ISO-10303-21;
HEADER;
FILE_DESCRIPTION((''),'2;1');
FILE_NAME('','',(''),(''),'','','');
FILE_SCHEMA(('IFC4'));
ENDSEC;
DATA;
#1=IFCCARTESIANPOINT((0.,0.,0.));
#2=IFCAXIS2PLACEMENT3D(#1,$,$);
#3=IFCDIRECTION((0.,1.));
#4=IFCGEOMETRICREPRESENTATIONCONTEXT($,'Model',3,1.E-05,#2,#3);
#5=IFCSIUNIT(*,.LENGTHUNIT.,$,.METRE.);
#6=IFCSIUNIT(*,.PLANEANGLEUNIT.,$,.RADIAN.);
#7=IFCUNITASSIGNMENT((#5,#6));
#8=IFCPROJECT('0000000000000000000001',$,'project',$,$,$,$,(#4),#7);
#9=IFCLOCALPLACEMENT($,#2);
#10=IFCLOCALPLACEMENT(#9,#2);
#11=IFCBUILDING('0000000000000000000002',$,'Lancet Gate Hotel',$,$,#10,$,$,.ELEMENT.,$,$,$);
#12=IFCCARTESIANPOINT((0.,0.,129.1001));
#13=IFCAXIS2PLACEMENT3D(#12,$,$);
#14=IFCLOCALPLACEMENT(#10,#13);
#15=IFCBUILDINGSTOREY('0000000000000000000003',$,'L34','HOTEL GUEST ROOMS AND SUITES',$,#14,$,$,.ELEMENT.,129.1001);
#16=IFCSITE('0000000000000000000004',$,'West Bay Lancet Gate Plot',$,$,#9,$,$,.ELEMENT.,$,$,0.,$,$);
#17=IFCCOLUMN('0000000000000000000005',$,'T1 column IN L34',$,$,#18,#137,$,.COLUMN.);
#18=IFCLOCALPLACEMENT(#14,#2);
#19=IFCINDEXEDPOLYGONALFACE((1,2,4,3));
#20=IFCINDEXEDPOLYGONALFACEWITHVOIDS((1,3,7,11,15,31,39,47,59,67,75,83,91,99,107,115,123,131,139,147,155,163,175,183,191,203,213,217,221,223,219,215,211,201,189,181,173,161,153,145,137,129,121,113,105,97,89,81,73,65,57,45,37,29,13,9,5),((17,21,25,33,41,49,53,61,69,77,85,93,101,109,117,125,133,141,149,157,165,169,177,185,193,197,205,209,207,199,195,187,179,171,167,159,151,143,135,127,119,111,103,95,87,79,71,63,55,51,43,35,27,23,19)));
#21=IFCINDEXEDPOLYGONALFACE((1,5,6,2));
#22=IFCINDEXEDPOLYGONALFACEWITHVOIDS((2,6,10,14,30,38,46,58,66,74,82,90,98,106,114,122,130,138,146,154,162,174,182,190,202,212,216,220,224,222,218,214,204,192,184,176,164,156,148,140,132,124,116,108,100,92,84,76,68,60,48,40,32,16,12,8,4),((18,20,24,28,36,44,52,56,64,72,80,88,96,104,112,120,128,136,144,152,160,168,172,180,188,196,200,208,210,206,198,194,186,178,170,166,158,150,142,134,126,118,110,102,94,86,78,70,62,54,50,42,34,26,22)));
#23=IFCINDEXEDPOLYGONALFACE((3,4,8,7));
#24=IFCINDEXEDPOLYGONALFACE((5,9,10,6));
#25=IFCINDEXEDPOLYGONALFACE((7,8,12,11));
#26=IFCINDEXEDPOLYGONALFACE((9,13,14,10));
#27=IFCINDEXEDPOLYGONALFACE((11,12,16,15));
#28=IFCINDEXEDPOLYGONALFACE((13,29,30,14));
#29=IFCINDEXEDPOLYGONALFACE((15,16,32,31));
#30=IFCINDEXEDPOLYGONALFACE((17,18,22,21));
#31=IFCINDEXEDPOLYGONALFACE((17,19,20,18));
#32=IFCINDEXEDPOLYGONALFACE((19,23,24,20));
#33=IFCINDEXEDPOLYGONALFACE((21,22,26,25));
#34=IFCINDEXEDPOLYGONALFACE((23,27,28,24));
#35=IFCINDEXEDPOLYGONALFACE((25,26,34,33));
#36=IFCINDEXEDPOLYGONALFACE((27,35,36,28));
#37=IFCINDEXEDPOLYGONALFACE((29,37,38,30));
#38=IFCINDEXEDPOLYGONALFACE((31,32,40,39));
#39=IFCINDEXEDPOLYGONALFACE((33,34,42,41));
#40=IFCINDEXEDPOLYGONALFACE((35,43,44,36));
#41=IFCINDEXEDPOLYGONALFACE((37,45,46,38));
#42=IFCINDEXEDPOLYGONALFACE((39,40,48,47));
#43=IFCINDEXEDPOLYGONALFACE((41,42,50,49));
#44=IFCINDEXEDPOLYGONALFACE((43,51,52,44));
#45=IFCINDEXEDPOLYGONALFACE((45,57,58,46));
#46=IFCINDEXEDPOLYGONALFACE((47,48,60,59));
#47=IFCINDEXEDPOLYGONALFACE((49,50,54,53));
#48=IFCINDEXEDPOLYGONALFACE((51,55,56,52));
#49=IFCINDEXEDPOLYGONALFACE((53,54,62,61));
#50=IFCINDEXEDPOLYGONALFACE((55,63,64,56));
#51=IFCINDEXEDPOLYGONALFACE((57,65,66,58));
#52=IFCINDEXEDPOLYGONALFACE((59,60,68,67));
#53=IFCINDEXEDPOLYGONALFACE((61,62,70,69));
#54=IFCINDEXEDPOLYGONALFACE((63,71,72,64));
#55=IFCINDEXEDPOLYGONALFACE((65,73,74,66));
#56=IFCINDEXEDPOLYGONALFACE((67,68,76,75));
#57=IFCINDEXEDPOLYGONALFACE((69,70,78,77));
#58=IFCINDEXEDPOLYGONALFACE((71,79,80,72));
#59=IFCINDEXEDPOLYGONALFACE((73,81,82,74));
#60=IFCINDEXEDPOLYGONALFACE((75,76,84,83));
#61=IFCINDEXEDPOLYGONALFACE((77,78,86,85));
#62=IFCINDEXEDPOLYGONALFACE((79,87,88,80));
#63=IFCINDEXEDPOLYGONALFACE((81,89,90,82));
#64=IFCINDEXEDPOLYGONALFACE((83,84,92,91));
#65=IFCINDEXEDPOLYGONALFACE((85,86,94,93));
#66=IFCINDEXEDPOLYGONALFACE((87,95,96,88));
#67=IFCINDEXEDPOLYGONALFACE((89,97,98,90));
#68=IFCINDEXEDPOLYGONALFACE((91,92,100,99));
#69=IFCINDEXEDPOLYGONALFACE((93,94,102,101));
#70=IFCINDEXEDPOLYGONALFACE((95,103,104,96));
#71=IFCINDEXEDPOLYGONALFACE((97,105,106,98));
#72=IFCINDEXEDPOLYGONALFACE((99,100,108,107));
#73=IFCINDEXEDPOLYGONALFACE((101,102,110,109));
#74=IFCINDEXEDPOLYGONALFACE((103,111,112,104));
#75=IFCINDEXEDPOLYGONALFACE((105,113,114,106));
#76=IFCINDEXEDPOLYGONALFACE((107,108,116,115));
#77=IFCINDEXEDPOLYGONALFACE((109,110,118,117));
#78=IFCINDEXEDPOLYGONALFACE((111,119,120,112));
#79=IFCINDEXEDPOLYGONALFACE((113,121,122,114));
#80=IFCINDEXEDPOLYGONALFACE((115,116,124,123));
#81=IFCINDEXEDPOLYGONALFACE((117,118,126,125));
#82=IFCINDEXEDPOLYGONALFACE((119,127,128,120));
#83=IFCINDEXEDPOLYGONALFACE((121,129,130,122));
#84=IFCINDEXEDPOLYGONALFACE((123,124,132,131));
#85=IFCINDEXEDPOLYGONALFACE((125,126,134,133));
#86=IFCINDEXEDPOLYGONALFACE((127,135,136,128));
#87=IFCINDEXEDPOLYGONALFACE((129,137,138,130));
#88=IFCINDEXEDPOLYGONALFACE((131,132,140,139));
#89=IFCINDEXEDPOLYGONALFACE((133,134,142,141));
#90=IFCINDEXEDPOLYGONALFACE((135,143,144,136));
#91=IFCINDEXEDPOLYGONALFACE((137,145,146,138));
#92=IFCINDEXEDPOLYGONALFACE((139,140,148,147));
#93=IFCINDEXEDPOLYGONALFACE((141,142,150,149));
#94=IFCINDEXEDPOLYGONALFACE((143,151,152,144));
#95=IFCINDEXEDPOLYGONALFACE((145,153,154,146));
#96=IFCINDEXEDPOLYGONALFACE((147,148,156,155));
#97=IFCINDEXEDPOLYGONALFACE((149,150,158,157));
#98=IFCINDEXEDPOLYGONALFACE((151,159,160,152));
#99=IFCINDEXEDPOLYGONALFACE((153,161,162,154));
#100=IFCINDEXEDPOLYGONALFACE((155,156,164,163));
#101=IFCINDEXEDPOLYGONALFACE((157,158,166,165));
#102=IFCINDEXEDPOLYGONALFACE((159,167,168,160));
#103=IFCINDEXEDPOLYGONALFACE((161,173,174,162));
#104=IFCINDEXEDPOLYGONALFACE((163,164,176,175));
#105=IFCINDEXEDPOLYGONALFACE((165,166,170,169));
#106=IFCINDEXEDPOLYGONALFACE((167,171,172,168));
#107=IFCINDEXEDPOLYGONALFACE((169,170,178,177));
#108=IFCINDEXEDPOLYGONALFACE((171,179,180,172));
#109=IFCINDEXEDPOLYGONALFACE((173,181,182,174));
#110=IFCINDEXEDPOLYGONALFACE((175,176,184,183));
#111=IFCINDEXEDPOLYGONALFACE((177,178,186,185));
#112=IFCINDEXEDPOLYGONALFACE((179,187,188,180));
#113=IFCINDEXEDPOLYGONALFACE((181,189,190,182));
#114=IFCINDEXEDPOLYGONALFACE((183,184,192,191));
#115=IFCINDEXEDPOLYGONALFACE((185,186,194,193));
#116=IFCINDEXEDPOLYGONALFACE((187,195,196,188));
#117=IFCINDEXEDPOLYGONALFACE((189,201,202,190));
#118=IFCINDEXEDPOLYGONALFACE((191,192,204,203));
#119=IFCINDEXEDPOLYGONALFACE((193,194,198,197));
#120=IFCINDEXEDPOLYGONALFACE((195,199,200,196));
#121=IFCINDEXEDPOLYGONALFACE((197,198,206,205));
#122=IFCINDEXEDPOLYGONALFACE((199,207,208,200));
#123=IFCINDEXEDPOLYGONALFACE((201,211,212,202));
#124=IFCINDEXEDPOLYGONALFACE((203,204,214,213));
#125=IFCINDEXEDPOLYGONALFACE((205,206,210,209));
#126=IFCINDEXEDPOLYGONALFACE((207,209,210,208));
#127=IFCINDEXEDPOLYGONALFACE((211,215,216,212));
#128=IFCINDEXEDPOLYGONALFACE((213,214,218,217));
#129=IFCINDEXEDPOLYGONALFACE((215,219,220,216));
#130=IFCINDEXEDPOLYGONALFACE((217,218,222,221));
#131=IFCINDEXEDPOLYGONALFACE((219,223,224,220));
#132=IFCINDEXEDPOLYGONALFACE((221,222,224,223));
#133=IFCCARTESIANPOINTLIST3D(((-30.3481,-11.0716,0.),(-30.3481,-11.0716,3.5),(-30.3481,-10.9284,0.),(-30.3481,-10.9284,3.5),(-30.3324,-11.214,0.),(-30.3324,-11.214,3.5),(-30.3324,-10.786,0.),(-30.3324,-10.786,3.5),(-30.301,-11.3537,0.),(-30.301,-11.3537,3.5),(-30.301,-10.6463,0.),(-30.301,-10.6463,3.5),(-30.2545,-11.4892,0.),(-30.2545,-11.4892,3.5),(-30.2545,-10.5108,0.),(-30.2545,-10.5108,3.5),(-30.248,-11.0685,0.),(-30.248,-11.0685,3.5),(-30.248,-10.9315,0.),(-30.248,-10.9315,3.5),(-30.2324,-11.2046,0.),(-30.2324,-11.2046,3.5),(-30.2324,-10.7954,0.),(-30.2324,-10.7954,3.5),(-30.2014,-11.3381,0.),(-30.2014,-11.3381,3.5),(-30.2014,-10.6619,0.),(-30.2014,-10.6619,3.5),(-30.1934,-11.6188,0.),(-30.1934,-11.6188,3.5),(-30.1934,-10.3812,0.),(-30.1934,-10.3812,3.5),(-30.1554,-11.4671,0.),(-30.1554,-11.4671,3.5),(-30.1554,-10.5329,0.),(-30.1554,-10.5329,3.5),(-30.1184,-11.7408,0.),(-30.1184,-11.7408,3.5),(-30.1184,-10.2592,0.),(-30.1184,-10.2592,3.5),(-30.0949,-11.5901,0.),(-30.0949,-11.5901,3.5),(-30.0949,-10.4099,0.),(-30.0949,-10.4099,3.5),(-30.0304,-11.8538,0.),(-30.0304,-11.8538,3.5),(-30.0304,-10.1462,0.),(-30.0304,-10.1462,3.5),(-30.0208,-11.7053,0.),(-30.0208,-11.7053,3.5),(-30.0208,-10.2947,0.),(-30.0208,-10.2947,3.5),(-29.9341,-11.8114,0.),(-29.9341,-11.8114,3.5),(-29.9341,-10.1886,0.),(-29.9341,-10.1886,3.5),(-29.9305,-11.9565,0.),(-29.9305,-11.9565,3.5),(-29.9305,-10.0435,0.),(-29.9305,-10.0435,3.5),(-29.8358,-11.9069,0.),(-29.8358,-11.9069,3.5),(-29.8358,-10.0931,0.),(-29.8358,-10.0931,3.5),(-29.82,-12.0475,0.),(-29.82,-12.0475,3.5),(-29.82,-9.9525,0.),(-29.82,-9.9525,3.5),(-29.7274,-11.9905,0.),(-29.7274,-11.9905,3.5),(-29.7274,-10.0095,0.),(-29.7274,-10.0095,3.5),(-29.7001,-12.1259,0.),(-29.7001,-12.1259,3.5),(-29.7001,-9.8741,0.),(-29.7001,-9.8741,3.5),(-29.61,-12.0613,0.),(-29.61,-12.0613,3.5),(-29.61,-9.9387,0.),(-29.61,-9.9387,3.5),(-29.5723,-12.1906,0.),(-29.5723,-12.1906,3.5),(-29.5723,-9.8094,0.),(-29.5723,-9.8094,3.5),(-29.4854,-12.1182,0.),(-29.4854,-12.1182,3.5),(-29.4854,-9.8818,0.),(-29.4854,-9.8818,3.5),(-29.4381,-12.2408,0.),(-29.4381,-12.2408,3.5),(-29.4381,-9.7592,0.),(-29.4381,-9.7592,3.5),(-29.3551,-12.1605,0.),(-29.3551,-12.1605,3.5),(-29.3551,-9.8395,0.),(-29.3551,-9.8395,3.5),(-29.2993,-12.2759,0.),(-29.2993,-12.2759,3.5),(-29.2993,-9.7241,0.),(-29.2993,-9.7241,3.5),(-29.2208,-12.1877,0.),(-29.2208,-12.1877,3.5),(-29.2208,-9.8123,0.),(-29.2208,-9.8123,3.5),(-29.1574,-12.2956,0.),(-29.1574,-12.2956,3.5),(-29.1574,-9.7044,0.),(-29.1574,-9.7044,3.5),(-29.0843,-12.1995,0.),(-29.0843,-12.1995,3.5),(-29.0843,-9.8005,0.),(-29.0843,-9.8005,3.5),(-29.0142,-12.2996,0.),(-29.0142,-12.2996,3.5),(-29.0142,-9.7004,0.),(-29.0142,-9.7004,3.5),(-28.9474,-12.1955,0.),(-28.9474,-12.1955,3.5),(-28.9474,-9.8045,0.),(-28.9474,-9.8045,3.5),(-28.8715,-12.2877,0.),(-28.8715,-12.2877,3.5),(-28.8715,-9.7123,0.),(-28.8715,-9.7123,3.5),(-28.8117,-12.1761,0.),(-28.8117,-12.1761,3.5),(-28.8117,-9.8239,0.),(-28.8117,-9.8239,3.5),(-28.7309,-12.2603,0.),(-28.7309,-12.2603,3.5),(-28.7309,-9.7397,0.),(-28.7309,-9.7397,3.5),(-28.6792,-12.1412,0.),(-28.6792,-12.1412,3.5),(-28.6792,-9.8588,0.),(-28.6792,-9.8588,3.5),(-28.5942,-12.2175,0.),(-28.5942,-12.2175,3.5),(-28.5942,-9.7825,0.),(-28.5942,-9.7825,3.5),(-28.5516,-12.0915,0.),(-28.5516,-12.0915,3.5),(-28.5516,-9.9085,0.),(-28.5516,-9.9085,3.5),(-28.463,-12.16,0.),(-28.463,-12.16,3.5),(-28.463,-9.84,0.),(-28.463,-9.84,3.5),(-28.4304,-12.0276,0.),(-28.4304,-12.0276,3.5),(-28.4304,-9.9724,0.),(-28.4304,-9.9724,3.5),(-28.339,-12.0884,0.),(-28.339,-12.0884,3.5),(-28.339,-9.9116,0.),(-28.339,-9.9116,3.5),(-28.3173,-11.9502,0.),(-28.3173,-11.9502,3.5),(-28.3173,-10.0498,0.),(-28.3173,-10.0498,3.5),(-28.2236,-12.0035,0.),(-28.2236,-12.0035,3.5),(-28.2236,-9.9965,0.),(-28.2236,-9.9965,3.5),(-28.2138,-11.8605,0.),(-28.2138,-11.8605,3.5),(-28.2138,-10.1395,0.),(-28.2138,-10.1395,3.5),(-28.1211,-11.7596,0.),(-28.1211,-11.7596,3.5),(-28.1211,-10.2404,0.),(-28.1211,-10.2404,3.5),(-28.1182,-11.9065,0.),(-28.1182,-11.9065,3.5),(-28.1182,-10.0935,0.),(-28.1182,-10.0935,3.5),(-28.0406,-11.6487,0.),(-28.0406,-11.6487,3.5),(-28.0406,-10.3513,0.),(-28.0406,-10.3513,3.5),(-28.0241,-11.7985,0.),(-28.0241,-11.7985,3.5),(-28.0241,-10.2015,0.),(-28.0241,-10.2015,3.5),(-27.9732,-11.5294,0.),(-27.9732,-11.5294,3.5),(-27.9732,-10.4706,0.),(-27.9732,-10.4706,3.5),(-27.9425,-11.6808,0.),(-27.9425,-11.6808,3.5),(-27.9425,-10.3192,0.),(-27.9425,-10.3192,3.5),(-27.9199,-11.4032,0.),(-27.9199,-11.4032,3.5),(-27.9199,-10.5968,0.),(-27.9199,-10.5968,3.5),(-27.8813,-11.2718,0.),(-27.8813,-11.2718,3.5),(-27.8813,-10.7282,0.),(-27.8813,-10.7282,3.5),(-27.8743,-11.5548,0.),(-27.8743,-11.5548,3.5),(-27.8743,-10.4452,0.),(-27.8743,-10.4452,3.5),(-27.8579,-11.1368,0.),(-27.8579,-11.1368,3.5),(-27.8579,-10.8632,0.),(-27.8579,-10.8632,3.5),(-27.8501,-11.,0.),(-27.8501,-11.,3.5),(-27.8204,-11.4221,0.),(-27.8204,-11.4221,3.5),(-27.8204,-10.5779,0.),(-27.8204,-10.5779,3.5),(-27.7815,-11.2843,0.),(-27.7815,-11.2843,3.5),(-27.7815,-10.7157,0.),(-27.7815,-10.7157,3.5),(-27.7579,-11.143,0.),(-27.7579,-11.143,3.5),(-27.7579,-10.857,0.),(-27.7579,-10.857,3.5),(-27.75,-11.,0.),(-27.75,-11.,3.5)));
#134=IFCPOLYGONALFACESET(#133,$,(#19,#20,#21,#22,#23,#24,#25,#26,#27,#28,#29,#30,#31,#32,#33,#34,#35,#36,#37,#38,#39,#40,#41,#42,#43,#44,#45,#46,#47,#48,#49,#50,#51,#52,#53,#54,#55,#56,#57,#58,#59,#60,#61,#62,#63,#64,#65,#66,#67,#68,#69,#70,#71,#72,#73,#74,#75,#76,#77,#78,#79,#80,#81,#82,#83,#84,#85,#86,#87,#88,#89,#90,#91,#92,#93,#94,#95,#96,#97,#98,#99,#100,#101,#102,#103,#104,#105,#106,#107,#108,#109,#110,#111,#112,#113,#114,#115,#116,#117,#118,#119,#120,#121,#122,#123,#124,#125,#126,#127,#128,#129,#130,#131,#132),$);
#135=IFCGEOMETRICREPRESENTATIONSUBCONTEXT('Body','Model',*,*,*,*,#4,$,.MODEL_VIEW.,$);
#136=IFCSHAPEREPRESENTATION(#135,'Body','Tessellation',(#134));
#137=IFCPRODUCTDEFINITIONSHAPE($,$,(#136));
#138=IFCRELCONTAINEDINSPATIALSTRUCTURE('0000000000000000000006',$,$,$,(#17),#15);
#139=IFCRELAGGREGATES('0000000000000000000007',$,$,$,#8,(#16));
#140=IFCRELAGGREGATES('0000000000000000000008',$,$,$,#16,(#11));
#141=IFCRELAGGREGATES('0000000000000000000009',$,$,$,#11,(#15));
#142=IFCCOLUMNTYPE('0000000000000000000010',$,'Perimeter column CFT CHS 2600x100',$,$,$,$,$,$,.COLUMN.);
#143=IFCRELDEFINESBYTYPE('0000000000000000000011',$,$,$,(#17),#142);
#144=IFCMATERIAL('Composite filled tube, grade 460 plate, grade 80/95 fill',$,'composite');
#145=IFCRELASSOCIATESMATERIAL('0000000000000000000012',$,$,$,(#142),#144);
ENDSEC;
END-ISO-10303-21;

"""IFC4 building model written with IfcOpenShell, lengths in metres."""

from ifc_helpers import new_model, si_unit, direction, frame, origin, origin_2d, place, context, subcontext, project, spatial, hollow_circle, extrude, material, material_profile, profile_set, type_object, element, save


model = new_model("IFC4")

# Units and contexts
model_context = context("Model", 3, precision=1e-05, world=origin(), true_north=direction((0.0, 1.0)))
body_context = subcontext(model_context, "Body", "Model", "MODEL_VIEW")
ifc_project = project(units=[si_unit("LENGTHUNIT", "METRE"), si_unit("PLANEANGLEUNIT", "RADIAN")], contexts=[model_context])

# Site, building, storey
site_placement = place(None, origin())
site = spatial("IfcSite", under=ifc_project, at=site_placement, Name="West Bay Lancet Gate Plot", CompositionType="ELEMENT", RefElevation=0.0)
building_placement = place(site_placement, origin())
building = spatial("IfcBuilding", under=site, at=building_placement, Name="Lancet Gate Hotel", CompositionType="ELEMENT")
storey_placement = place(building_placement, frame((0.0, 0.0, 129.1001)))
storey = spatial("IfcBuildingStorey", under=building, at=storey_placement, Name="L34", Description="HOTEL GUEST ROOMS AND SUITES", CompositionType="ELEMENT", Elevation=129.1001)

# Column
ifc_material_1 = material(Name="Composite filled tube, grade 460 plate, grade 80/95 fill", Category="composite")
ifc_material_profile_1 = material_profile(ifc_material_1, hollow_circle(Radius=1.3, WallThickness=0.1001, at=origin_2d()), Name="CHS 2600x100")
ifc_profile_set_1 = profile_set([ifc_material_profile_1], Name="Composite filled tube, grade 460 plate, grade 80/95 fill")
column_type = type_object("IfcColumnType", Name="Perimeter column CFT CHS 2600x100", PredefinedType="COLUMN", material=ifc_profile_set_1)
for number, where, z_axis, x_axis, name in (
    (1, (-29.05, -11.0, 0.0), (0.0, 0.0, 1.0), (1.0, 0.0, 0.0), "T1 column IN L34"),
):
    element("IfcColumn", number, at=place(storey_placement, frame(where, z_axis=z_axis, x_axis=x_axis)), inside=storey, type_object=column_type, Name=name, PredefinedType="COLUMN", context=body_context, shape_type="SweptSolid", body=[
        extrude(hollow_circle(Radius=1.3, WallThickness=0.1001, at=origin_2d()), origin(), (0.0, 0.0, 1.0), 3.5),
    ])

save(model, "model.ifc")
